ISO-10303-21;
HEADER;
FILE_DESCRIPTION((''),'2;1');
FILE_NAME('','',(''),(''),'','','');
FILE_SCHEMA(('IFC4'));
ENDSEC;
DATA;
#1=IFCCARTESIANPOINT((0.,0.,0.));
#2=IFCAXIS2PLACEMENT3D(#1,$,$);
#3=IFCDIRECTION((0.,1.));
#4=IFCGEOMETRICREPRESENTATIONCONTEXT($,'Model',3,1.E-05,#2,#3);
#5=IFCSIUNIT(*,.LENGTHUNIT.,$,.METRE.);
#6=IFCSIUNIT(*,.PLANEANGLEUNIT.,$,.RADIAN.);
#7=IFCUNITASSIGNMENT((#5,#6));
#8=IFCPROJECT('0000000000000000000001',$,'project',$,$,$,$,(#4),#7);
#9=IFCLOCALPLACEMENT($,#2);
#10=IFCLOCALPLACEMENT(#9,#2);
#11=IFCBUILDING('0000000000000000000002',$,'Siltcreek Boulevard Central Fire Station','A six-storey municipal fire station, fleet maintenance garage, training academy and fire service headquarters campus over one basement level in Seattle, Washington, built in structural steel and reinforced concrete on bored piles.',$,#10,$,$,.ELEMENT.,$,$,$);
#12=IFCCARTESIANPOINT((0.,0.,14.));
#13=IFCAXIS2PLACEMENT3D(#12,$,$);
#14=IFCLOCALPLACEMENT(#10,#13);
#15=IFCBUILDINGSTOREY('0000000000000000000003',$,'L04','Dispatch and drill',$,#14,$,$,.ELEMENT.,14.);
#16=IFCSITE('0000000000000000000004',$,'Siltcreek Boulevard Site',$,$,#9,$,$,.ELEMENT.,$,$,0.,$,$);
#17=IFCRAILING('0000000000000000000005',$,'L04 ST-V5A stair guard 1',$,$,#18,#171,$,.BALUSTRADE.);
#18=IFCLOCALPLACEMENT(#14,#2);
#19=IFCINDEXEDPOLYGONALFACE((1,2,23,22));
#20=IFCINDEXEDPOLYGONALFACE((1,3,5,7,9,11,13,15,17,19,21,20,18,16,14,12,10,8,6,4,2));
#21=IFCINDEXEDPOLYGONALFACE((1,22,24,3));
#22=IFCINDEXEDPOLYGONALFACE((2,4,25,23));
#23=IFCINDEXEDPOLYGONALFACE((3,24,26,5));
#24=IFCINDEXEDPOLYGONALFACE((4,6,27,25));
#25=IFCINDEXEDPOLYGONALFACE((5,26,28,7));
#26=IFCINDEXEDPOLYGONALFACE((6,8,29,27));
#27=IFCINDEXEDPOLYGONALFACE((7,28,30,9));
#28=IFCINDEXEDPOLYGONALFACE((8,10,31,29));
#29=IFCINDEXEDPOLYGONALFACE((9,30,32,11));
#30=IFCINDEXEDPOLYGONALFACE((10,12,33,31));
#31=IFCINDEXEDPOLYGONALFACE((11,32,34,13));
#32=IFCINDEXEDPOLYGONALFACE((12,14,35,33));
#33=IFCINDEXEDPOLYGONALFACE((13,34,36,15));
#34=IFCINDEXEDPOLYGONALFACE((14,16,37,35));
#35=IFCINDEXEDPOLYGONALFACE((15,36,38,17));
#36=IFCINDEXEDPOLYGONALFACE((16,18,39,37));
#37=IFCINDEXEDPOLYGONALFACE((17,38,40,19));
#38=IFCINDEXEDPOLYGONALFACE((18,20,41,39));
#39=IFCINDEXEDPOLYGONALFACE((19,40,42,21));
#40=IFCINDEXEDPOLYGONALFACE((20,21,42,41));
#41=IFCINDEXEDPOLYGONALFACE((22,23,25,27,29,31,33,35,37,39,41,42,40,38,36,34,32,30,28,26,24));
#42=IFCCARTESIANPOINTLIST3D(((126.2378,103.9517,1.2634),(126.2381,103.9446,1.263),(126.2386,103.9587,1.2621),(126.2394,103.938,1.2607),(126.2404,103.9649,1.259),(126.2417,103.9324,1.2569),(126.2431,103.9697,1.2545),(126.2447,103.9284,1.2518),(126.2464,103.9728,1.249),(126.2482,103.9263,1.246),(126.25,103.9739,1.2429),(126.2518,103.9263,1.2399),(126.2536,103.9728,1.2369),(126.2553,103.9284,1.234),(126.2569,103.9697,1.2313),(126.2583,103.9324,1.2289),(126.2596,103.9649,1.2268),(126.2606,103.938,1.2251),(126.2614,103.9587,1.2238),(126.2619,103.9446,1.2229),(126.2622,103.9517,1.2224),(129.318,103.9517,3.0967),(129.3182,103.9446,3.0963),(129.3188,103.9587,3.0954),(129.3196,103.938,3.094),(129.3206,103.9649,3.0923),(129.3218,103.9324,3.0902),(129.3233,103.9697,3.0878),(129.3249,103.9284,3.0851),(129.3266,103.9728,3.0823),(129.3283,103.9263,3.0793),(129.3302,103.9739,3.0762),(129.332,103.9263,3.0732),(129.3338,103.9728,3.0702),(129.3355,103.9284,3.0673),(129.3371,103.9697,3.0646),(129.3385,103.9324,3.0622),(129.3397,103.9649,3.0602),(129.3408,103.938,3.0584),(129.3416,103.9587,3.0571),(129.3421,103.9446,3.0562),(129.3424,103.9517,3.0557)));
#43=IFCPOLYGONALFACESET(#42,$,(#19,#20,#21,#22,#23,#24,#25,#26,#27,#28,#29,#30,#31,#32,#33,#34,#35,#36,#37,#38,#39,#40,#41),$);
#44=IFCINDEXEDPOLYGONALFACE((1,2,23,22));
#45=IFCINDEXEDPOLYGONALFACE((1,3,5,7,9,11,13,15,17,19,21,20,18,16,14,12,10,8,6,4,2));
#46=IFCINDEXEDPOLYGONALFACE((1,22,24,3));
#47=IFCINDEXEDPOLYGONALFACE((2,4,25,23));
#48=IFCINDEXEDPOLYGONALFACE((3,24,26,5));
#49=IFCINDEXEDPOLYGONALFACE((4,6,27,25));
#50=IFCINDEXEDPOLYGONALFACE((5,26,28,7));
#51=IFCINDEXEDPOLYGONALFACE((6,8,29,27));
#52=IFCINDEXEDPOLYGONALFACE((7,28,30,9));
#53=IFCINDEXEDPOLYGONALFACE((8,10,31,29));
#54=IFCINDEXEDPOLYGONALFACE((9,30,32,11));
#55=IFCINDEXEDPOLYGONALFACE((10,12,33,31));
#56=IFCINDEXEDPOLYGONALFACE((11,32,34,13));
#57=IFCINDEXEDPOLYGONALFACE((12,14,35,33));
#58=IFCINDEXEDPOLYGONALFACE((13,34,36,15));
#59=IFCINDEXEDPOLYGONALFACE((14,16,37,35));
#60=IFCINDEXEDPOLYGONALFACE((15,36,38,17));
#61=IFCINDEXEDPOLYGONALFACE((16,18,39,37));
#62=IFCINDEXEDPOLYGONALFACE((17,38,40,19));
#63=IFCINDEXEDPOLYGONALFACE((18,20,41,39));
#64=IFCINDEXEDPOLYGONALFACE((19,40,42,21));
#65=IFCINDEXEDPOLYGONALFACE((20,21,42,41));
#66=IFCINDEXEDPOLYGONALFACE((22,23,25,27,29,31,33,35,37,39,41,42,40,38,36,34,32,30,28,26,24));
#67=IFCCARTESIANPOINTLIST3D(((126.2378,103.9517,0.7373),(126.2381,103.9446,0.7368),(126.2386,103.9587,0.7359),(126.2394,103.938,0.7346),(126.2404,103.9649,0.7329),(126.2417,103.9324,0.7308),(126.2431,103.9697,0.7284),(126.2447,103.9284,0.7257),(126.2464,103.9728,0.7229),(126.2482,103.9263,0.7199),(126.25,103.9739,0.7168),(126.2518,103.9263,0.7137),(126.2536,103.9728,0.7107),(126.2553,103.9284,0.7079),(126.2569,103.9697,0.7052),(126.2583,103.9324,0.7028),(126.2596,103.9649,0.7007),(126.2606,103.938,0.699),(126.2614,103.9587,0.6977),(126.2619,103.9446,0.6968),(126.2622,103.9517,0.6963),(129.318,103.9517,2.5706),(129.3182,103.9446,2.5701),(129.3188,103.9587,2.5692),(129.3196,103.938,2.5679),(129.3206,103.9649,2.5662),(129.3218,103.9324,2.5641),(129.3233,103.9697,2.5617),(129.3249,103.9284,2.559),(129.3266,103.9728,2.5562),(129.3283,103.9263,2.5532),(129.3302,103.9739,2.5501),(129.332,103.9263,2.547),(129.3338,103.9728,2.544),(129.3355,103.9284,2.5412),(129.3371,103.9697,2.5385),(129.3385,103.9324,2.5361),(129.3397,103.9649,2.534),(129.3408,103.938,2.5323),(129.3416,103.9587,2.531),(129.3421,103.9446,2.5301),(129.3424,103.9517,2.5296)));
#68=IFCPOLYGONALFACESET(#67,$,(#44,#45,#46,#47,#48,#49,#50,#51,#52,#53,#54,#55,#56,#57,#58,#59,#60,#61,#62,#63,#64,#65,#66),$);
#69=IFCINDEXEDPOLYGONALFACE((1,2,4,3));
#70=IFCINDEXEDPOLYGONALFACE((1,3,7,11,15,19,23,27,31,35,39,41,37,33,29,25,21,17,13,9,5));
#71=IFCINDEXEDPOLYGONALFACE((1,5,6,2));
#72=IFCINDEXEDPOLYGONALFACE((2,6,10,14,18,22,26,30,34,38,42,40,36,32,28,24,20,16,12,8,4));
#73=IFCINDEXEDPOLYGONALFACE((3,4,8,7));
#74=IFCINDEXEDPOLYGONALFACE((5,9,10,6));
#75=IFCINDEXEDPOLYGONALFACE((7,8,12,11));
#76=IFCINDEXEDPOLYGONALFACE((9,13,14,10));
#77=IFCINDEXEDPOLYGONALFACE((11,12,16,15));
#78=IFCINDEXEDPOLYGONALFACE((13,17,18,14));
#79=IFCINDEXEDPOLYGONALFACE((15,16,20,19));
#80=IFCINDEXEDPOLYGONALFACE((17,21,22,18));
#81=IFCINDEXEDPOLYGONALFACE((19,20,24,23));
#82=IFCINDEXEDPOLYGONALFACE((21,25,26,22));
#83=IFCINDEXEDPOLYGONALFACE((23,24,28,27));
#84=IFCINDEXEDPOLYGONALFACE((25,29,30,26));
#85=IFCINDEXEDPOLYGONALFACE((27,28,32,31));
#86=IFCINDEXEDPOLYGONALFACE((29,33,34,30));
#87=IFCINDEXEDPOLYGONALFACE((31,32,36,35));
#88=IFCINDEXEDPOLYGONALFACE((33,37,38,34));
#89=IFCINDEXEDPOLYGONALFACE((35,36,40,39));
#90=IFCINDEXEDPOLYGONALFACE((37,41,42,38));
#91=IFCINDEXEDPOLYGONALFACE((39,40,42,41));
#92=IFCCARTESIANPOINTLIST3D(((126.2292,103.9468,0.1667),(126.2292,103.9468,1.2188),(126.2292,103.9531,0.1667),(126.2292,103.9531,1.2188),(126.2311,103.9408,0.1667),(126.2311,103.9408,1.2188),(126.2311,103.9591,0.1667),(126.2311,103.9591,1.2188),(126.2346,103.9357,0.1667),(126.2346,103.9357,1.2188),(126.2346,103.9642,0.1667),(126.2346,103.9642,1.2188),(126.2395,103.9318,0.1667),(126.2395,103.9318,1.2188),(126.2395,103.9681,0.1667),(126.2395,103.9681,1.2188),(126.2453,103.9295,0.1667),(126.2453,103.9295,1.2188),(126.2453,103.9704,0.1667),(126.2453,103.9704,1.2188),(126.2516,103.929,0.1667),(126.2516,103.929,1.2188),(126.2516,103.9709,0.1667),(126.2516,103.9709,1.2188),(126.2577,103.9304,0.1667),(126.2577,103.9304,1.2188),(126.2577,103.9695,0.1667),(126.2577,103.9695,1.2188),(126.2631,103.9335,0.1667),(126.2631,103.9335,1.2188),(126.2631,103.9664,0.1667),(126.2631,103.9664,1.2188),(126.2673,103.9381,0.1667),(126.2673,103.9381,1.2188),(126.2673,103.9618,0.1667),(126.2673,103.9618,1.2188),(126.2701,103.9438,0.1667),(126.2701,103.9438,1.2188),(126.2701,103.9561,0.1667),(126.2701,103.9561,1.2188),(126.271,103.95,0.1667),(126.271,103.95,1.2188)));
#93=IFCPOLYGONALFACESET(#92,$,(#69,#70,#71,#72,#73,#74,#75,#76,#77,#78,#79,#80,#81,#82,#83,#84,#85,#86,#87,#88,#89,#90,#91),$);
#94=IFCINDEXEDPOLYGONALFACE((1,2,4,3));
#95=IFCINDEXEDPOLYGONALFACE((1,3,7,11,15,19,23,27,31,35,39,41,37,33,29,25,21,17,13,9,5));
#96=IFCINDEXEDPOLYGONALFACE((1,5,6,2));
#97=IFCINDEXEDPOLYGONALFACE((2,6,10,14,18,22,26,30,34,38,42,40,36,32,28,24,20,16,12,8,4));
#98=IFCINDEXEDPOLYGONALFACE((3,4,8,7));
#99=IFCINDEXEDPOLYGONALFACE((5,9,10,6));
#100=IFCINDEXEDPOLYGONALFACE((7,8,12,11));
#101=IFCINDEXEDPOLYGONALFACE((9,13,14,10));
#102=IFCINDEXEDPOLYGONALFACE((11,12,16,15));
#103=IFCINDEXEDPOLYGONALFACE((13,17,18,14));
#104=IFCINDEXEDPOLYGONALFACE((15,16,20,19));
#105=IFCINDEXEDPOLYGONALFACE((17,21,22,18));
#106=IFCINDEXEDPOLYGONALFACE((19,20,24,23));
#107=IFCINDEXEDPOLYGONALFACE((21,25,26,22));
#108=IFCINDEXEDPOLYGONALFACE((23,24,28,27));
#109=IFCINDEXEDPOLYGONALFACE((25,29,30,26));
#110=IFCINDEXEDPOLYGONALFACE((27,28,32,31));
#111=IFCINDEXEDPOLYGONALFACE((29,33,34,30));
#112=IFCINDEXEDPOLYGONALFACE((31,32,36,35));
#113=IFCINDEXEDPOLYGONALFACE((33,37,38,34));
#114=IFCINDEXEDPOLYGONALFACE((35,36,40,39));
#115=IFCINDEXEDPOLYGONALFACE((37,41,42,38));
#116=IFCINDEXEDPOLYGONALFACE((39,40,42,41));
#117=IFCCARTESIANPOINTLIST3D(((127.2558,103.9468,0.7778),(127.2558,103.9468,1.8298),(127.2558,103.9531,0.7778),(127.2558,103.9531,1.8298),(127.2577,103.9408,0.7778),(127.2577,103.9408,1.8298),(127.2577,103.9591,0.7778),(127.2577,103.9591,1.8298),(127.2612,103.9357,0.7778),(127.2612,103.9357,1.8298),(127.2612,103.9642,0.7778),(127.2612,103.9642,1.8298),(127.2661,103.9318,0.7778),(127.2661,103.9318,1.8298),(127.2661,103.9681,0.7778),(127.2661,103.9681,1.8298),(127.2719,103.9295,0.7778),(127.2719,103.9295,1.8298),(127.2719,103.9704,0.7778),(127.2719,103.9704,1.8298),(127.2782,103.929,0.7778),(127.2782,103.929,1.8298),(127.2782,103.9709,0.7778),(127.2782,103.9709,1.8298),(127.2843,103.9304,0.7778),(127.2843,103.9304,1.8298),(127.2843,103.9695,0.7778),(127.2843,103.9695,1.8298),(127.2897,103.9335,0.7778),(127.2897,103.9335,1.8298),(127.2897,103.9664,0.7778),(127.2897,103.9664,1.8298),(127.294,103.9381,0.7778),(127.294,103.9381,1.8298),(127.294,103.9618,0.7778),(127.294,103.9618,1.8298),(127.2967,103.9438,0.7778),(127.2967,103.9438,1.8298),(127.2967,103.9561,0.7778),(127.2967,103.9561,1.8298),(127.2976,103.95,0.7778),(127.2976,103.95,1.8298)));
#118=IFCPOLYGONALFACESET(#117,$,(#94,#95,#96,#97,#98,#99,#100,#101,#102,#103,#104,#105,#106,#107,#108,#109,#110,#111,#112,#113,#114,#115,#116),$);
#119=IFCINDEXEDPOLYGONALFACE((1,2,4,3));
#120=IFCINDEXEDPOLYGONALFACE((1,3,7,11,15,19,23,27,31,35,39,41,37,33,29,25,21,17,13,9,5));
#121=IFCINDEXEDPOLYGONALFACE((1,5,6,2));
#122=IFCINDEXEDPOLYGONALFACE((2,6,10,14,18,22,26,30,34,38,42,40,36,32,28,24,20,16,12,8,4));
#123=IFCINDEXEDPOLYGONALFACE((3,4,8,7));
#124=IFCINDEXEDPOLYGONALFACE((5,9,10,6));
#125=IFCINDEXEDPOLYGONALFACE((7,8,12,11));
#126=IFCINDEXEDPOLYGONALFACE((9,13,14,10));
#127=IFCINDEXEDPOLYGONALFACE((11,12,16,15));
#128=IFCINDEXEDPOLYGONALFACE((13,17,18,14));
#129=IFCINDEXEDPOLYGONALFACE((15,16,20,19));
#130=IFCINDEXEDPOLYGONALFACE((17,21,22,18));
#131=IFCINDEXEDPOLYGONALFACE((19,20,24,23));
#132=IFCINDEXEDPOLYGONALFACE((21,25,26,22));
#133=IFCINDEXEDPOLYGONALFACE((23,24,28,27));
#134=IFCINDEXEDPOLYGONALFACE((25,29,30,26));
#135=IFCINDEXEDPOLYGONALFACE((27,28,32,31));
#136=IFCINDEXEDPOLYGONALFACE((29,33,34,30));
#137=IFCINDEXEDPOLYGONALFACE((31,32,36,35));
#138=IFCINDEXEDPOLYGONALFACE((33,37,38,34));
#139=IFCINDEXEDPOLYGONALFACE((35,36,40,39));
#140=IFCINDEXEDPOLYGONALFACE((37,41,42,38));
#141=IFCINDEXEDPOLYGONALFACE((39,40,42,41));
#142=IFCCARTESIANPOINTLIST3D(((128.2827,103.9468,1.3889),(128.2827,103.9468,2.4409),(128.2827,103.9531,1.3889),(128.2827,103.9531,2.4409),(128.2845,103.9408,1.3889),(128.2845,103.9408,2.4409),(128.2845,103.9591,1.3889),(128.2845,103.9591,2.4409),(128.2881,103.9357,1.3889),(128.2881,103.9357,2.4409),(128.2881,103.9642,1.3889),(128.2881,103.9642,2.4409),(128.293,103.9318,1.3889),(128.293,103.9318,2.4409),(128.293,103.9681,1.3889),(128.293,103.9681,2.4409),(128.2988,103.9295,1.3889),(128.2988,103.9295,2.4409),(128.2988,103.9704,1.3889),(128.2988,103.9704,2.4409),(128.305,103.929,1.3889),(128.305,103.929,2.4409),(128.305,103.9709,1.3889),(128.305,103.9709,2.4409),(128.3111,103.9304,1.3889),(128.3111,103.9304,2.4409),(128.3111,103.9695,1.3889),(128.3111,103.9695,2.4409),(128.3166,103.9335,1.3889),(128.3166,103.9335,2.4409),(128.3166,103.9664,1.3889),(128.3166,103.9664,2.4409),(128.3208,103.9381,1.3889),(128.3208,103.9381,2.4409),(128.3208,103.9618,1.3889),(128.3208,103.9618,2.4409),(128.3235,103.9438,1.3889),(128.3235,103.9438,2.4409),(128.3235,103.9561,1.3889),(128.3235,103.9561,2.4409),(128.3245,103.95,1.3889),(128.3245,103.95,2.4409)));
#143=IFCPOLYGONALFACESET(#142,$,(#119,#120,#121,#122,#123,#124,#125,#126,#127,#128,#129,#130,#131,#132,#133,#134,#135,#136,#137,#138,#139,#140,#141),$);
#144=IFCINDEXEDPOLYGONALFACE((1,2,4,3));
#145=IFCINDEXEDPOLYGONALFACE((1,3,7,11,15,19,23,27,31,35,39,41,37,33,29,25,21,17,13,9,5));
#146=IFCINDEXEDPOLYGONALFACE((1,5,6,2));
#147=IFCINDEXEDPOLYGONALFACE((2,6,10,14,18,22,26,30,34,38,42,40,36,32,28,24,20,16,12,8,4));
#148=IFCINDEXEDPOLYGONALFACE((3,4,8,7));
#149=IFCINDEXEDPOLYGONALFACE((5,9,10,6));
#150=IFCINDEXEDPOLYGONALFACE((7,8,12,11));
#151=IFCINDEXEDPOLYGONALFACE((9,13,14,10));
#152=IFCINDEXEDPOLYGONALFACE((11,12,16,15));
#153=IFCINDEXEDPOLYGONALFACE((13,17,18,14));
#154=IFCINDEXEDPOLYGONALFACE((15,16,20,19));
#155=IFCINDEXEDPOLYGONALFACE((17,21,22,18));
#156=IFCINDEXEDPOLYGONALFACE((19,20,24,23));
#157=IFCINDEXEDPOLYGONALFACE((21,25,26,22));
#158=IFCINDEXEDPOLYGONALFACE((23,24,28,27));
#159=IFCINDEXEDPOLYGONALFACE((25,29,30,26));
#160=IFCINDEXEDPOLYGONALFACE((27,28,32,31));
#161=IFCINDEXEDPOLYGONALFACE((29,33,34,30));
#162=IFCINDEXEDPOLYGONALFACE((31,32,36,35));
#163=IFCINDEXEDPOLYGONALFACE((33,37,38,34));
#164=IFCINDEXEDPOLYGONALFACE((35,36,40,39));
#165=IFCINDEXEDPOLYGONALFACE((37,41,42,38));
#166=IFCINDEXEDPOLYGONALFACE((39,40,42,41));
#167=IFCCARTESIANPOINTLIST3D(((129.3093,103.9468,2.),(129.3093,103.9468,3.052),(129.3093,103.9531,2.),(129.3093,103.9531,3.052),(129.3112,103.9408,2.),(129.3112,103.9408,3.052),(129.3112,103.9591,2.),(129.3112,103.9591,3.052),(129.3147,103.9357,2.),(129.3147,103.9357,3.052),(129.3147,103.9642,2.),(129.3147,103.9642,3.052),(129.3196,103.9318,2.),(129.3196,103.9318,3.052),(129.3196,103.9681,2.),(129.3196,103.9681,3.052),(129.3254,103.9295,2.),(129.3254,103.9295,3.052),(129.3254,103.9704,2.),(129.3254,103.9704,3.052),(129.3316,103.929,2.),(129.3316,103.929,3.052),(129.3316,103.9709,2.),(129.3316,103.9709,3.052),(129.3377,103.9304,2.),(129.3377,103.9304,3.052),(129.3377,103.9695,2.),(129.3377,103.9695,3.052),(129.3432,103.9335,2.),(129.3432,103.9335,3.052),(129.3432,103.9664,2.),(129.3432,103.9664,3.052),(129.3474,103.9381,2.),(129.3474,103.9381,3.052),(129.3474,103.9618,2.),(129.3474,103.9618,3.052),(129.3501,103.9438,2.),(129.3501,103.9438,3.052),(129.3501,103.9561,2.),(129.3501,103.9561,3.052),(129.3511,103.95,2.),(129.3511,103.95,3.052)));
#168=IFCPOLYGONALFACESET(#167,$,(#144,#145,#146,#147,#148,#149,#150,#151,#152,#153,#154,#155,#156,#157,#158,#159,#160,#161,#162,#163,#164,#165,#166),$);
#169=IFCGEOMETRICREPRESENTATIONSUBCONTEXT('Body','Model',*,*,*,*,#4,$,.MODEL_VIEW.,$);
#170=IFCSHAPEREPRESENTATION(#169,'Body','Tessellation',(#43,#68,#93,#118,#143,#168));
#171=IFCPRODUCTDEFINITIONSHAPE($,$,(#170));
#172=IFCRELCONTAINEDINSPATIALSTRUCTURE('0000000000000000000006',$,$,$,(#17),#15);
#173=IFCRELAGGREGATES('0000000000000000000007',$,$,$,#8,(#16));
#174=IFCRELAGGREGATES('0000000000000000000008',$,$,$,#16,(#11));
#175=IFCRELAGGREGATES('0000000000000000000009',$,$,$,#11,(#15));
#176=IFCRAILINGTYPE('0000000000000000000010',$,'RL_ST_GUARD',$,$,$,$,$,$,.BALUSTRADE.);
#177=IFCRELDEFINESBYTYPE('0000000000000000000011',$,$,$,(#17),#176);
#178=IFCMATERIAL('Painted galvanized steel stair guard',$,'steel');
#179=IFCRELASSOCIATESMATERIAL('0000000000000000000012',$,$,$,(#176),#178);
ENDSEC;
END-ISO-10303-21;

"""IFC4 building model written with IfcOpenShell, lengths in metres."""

from ifc_helpers import new_model, si_unit, direction, frame, origin, origin_2d, place, context, subcontext, project, spatial, circle, extrude, material, type_object, element, save


model = new_model("IFC4")

# Units and contexts
model_context = context("Model", 3, precision=1e-05, world=origin(), true_north=direction((0.0, 1.0)))
body_context = subcontext(model_context, "Body", "Model", "MODEL_VIEW")
ifc_project = project(units=[si_unit("LENGTHUNIT", "METRE"), si_unit("PLANEANGLEUNIT", "RADIAN")], contexts=[model_context])

# Site, building, storey
site_placement = place(None, origin())
site = spatial("IfcSite", under=ifc_project, at=site_placement, Name="Siltcreek Boulevard Site", CompositionType="ELEMENT", RefElevation=0.0)
building_placement = place(site_placement, origin())
building = spatial("IfcBuilding", under=site, at=building_placement, Name="Siltcreek Boulevard Central Fire Station", Description="A six-storey municipal fire station, fleet maintenance garage, training academy and fire service headquarters campus over one basement level in Seattle, Washington, built in structural steel and reinforced concrete on bored piles.", CompositionType="ELEMENT")
storey_placement = place(building_placement, frame((0.0, 0.0, 14.0)))
storey = spatial("IfcBuildingStorey", under=building, at=storey_placement, Name="L04", Description="Dispatch and drill", CompositionType="ELEMENT", Elevation=14.0)

# Railing
ifc_material_1 = material(Name="Painted galvanized steel stair guard", Category="steel")
railing_type_1 = type_object("IfcRailingType", Name="RL_ST_GUARD", PredefinedType="BALUSTRADE", material=ifc_material_1)
railing_1_placement = place(storey_placement, frame((126.25, 103.95, 0.1667)))
element("IfcRailing", 1, at=railing_1_placement, inside=storey, type_object=railing_type_1, Name="L04 ST-V5A stair guard 1", PredefinedType="BALUSTRADE", context=body_context, shape_type="SweptSolid", body=[
    extrude(circle(Radius=0.0239, at=origin_2d()), frame((0.0, 0.0, 1.0762), z_axis=(0.859309, 0.0, 0.511458), x_axis=(0.0, 1.0, 0.0)), (0.0, 0.0, 1.0), 3.5845),
    extrude(circle(Radius=0.0239, at=origin_2d()), frame((0.0, 0.0, 0.55), z_axis=(0.859309, 0.0, 0.511458), x_axis=(0.0, 1.0, 0.0)), (0.0, 0.0, 1.0), 3.5845),
    extrude(circle(Radius=0.021, at=origin_2d()), origin(), (0.0, 0.0, 1.0), 1.052),
    extrude(circle(Radius=0.021, at=origin_2d()), frame((1.0266, 0.0, 0.6111)), (0.0, 0.0, 1.0), 1.052),
    extrude(circle(Radius=0.021, at=origin_2d()), frame((2.0535, 0.0, 1.2222)), (0.0, 0.0, 1.0), 1.052),
    extrude(circle(Radius=0.021, at=origin_2d()), frame((3.0801, 0.0, 1.8333)), (0.0, 0.0, 1.0), 1.052),
])

save(model, "model.ifc")
